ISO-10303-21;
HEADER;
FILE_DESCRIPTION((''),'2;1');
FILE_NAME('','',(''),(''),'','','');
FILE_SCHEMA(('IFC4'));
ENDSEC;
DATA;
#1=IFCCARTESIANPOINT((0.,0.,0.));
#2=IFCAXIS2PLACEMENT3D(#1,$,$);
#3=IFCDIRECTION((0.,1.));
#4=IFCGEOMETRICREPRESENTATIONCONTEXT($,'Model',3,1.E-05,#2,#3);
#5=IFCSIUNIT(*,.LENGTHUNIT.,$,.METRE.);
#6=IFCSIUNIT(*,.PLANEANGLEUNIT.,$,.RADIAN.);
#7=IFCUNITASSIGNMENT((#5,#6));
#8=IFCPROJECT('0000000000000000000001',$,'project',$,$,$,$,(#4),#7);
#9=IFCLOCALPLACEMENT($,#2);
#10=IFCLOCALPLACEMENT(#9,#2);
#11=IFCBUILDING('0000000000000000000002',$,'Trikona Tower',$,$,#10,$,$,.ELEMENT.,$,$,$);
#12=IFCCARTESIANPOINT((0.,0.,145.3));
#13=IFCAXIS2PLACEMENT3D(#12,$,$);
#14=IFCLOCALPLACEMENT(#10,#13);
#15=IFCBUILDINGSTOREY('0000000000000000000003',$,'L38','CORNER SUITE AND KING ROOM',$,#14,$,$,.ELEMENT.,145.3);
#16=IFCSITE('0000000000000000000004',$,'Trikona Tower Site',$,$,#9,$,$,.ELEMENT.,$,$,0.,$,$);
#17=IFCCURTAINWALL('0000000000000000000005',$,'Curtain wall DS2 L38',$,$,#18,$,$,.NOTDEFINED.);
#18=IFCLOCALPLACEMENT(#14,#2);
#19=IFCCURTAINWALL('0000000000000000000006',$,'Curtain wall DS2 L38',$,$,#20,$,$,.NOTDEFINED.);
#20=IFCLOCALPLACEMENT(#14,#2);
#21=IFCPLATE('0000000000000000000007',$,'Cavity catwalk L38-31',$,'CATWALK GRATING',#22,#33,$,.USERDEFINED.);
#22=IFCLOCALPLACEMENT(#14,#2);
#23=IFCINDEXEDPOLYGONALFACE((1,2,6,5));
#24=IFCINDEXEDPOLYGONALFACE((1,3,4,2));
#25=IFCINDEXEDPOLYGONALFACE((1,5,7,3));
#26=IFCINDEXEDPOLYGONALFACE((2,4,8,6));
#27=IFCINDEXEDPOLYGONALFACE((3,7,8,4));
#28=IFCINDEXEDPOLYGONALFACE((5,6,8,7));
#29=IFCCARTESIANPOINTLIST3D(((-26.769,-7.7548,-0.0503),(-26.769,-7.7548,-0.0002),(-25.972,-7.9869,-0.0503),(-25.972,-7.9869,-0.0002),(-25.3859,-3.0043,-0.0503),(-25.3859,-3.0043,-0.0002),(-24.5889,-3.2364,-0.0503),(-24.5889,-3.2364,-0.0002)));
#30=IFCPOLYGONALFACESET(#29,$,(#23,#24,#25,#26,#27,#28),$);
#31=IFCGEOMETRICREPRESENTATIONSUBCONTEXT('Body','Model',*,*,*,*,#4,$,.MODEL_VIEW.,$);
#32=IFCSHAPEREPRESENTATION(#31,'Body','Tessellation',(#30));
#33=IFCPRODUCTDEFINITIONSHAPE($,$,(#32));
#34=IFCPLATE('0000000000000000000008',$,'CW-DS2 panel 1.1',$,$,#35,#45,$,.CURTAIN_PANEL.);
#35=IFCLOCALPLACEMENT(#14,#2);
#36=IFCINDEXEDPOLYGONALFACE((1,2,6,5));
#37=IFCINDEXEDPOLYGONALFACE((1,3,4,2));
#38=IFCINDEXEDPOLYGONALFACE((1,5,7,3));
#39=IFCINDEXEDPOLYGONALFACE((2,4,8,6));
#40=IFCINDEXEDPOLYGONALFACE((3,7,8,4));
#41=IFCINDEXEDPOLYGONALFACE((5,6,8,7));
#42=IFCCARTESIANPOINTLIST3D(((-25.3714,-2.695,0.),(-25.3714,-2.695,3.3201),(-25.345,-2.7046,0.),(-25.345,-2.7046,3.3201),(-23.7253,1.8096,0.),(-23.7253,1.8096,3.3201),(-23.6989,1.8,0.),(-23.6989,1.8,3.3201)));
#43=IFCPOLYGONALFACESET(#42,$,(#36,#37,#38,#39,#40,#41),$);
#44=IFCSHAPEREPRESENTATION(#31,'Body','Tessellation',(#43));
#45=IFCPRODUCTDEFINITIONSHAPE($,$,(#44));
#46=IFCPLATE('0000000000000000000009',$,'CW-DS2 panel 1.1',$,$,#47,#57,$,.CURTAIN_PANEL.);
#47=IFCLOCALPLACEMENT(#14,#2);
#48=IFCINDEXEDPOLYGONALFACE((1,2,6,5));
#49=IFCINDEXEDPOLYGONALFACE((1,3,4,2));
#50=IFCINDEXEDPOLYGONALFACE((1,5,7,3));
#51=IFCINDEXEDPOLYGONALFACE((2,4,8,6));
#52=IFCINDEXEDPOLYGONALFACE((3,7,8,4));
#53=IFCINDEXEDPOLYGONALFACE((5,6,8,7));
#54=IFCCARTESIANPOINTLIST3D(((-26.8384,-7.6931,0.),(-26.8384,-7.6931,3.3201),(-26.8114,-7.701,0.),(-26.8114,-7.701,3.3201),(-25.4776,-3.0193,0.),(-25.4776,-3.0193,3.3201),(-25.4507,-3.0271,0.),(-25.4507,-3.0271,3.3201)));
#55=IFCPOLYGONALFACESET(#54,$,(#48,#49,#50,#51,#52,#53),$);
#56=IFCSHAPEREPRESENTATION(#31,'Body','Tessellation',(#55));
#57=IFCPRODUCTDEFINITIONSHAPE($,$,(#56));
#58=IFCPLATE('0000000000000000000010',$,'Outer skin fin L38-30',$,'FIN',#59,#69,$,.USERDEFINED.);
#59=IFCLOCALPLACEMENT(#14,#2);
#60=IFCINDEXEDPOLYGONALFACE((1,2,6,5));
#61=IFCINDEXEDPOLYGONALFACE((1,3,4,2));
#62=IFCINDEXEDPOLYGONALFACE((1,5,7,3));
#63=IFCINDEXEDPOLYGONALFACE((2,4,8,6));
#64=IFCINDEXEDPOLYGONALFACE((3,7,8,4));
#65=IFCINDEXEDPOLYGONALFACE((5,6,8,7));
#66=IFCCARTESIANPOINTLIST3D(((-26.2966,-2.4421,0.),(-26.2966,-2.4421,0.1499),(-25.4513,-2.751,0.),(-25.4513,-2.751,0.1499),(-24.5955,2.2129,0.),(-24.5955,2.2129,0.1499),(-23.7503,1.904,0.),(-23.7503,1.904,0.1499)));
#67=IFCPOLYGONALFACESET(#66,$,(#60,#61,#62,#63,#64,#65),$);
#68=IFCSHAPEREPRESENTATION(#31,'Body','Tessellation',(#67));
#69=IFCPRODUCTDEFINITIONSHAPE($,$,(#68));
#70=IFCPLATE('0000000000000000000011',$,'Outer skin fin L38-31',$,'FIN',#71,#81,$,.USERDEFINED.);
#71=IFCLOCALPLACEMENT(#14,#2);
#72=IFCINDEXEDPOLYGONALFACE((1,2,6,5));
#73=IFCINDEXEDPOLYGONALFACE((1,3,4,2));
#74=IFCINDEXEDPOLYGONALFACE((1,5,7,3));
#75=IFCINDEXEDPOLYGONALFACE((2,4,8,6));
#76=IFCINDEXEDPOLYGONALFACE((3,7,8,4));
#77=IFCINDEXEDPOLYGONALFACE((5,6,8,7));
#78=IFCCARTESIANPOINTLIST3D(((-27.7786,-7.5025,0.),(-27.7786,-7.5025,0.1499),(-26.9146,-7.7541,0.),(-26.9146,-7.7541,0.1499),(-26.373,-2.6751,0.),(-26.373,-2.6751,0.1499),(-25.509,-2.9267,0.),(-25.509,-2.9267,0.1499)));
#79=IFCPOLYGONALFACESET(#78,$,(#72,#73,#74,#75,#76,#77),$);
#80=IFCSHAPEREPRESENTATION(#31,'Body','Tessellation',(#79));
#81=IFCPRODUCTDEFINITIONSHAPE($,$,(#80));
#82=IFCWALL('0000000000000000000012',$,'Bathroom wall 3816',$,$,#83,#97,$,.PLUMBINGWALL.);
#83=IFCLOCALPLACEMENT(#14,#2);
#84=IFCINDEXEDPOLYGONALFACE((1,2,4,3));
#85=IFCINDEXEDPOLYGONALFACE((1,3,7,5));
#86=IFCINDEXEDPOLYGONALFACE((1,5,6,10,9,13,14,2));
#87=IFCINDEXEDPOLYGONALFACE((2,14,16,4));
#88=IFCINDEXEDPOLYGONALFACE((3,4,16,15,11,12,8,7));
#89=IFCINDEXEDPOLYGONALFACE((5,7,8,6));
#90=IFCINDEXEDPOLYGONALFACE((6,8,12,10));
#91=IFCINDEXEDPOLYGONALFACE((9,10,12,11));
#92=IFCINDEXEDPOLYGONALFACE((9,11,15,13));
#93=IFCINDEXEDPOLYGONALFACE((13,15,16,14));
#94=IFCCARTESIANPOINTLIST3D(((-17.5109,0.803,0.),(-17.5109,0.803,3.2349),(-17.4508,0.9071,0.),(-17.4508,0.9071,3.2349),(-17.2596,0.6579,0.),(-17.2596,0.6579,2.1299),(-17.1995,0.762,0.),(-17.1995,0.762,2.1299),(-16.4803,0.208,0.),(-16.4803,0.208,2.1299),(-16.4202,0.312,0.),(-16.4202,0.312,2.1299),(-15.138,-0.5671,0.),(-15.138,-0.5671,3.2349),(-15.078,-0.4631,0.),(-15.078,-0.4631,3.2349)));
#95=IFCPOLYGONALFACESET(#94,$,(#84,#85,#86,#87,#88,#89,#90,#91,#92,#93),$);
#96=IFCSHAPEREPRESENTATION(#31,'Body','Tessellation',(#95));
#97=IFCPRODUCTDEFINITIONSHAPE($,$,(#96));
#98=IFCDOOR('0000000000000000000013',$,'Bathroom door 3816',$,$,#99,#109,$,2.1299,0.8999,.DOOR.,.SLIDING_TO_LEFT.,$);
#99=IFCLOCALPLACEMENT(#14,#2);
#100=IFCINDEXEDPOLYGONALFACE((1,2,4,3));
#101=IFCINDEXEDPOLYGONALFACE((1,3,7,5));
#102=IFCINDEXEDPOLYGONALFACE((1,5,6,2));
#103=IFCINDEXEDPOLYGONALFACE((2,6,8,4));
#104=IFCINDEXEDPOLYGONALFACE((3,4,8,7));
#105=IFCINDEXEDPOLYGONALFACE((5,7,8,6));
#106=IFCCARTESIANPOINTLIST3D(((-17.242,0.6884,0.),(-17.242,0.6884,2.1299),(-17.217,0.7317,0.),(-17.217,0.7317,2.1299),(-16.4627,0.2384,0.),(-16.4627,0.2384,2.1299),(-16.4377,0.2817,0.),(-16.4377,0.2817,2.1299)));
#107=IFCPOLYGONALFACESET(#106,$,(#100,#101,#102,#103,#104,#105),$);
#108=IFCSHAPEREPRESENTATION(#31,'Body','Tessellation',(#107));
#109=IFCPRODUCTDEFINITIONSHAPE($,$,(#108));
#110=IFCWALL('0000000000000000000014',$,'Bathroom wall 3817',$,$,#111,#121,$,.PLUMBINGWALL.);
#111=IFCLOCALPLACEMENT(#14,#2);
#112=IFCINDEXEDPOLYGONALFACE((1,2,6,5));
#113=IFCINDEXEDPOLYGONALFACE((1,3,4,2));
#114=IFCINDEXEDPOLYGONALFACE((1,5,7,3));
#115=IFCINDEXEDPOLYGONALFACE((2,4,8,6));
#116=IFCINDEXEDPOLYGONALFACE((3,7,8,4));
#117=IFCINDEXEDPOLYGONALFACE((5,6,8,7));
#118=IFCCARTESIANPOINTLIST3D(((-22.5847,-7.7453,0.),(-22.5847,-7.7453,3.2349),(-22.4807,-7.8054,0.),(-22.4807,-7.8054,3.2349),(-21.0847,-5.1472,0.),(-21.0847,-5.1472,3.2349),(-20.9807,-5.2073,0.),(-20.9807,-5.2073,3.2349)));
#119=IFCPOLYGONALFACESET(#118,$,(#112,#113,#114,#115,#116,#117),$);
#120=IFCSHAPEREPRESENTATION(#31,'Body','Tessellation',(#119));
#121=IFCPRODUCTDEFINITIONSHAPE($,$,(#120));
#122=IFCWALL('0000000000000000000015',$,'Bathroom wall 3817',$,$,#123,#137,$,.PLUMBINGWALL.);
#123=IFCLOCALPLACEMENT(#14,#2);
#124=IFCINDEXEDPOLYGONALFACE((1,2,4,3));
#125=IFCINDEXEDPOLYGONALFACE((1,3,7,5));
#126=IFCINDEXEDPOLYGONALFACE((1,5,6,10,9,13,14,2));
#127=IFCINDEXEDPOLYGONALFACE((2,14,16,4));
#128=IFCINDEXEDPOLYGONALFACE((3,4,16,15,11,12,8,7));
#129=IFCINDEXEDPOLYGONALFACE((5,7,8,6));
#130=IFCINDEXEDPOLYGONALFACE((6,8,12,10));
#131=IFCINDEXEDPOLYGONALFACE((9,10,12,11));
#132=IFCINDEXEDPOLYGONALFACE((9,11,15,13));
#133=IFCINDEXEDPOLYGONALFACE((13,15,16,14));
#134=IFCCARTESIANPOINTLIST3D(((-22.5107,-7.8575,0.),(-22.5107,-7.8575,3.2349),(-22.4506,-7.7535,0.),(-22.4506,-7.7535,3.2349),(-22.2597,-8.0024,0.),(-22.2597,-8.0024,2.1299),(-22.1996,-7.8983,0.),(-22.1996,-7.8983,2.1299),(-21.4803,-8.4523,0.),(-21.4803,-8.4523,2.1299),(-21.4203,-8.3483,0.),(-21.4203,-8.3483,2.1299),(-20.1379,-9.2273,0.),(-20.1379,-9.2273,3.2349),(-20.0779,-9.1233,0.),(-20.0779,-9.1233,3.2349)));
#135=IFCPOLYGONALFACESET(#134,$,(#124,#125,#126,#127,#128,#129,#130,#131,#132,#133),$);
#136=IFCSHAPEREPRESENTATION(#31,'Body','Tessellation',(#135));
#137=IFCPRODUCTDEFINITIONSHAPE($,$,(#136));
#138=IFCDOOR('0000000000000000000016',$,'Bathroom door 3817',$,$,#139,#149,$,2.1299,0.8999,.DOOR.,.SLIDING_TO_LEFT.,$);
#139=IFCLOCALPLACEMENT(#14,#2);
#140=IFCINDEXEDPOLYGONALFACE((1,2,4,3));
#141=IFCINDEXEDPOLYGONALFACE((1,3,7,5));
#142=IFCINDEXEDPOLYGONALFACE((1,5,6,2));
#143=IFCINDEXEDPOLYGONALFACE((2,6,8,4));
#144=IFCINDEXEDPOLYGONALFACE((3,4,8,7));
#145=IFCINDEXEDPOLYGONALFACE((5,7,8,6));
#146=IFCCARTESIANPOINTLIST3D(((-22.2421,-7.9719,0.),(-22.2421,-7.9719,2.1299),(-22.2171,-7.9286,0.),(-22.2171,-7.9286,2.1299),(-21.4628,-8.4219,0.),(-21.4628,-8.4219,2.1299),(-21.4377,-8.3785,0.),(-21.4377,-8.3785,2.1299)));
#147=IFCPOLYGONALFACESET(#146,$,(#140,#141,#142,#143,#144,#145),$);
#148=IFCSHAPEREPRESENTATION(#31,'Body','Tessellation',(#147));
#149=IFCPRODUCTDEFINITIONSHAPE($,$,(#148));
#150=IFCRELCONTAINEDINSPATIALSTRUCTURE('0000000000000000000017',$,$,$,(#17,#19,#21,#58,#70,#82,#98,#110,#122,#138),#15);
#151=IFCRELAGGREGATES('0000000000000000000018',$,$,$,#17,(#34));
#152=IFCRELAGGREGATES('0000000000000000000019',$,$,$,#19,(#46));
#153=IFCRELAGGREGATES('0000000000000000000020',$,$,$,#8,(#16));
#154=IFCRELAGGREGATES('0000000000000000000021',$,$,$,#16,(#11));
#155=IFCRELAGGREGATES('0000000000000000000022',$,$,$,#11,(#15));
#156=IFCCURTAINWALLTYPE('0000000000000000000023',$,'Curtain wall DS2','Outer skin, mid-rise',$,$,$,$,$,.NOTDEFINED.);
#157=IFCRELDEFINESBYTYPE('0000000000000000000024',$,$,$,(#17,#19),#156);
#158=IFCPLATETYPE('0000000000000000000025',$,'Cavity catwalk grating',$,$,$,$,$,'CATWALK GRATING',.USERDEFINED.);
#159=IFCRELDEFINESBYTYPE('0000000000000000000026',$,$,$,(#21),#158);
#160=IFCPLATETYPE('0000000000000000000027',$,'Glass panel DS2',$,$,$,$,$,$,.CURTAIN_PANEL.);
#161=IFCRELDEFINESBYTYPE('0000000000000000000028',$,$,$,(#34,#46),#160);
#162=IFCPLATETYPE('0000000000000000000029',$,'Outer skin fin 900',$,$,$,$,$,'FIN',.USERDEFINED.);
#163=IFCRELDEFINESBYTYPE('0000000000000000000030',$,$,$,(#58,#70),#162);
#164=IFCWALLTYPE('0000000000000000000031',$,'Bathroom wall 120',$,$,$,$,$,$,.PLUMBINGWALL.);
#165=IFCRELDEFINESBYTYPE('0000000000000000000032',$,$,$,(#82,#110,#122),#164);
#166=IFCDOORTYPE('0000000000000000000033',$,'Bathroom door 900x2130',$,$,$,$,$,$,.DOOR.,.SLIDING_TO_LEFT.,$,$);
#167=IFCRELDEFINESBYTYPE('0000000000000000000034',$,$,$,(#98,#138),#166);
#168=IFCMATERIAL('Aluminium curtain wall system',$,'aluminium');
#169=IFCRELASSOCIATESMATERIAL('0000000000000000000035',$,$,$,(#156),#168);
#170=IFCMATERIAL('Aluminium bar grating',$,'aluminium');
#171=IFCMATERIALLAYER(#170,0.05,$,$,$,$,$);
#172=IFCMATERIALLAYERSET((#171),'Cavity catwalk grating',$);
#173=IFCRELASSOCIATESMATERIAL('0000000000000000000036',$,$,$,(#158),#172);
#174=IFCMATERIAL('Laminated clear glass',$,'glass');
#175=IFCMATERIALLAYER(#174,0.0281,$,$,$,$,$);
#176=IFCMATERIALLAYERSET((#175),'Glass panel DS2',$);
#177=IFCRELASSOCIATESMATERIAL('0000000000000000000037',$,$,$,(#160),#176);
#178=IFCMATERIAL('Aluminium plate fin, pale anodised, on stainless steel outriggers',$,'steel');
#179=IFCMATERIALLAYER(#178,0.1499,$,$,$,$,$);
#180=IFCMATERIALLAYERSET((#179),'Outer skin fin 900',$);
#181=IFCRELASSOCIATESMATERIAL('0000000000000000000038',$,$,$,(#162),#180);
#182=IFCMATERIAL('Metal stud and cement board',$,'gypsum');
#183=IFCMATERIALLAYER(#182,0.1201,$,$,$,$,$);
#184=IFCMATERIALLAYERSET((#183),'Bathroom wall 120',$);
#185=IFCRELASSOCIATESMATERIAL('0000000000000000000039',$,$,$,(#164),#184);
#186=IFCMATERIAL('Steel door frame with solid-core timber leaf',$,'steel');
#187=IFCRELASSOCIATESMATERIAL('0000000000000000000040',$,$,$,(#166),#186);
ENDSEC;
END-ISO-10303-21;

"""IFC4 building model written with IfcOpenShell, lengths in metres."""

from ifc_helpers import new_model, si_unit, direction, frame, frame_2d, origin, origin_2d, place, context, subcontext, project, spatial, rectangle, extrude, material, layer, layer_set, type_object, element, fill, aggregate, save


model = new_model("IFC4")

# Units and contexts
model_context = context("Model", 3, precision=1e-05, world=origin(), true_north=direction((0.0, 1.0)))
body_context = subcontext(model_context, "Body", "Model", "MODEL_VIEW")
ifc_project = project(units=[si_unit("LENGTHUNIT", "METRE"), si_unit("PLANEANGLEUNIT", "RADIAN")], contexts=[model_context])

# Site, building, storey
site_placement = place(None, origin())
site = spatial("IfcSite", under=ifc_project, at=site_placement, Name="Trikona Tower Site", CompositionType="ELEMENT", RefElevation=0.0)
building_placement = place(site_placement, origin())
building = spatial("IfcBuilding", under=site, at=building_placement, Name="Trikona Tower", CompositionType="ELEMENT")
storey_placement = place(building_placement, frame((0.0, 0.0, 145.3)))
storey = spatial("IfcBuildingStorey", under=building, at=storey_placement, Name="L38", Description="CORNER SUITE AND KING ROOM", CompositionType="ELEMENT", Elevation=145.3)

# Curtain wall
ifc_material_1 = material(Name="Aluminium curtain wall system", Category="aluminium")
curtain_wall_type = type_object("IfcCurtainWallType", Name="Curtain wall DS2", Description="Outer skin, mid-rise", PredefinedType="NOTDEFINED", material=ifc_material_1)
curtain_wall_1_placement = place(storey_placement, origin())
curtain_wall_1 = element("IfcCurtainWall", 1, at=curtain_wall_1_placement, inside=storey, type_object=curtain_wall_type, Name="Curtain wall DS2 L38", PredefinedType="NOTDEFINED")

# Curtain wall
curtain_wall_2_placement = place(storey_placement, origin())
curtain_wall_2 = element("IfcCurtainWall", 2, at=curtain_wall_2_placement, inside=storey, type_object=curtain_wall_type, Name="Curtain wall DS2 L38", PredefinedType="NOTDEFINED")

# Plate
ifc_material_2 = material(Name="Aluminium bar grating", Category="aluminium")
ifc_layer_1 = layer(ifc_material_2, 0.05)
ifc_layer_set_1 = layer_set([ifc_layer_1], Name="Cavity catwalk grating")
plate_type_1 = type_object("IfcPlateType", Name="Cavity catwalk grating", ElementType="CATWALK GRATING", PredefinedType="USERDEFINED", material=ifc_layer_set_1)
plate_1_placement = place(storey_placement, frame((-25.679, -5.4956, -0.0503), z_axis=(0.0, 0.0, 1.0), x_axis=(-0.279554, -0.96013, 0.0)))
element("IfcPlate", 3, at=plate_1_placement, inside=storey, type_object=plate_type_1, Name="Cavity catwalk L38-31", ObjectType="CATWALK GRATING", PredefinedType="USERDEFINED", context=body_context, shape_type="SweptSolid", body=[
    extrude(rectangle(XDim=4.9478, YDim=0.8301, at=origin_2d()), origin(), (0.0, 0.0, 1.0), 0.05),
])

# Plates
ifc_material_3 = material(Name="Laminated clear glass", Category="glass")
ifc_layer_2 = layer(ifc_material_3, 0.0281)
ifc_layer_set_2 = layer_set([ifc_layer_2], Name="Glass panel DS2")
plate_type_2 = type_object("IfcPlateType", Name="Glass panel DS2", PredefinedType="CURTAIN_PANEL", material=ifc_layer_set_2)
plate_2_placement = place(storey_placement, frame((-24.5352, -0.4475, 0.0), z_axis=(0.0, 0.0, 1.0), x_axis=(-0.343223, -0.939254, 0.0)))
plate_2 = element("IfcPlate", 4, at=plate_2_placement, type_object=plate_type_2, Name="CW-DS2 panel 1.1", PredefinedType="CURTAIN_PANEL", context=body_context, shape_type="SweptSolid", body=[
    extrude(rectangle(XDim=4.7959, YDim=0.0281, at=origin_2d()), origin(), (0.0, 0.0, 1.0), 3.3201),
])
aggregate(curtain_wall_1, [plate_2])
plate_3_placement = place(storey_placement, frame((-26.1445, -5.3601, 0.0), z_axis=(0.0, 0.0, 1.0), x_axis=(-0.279543, -0.960133, 0.0)))
plate_3 = element("IfcPlate", 5, at=plate_3_placement, type_object=plate_type_2, Name="CW-DS2 panel 1.1", PredefinedType="CURTAIN_PANEL", context=body_context, shape_type="SweptSolid", body=[
    extrude(rectangle(XDim=4.8679, YDim=0.0281, at=origin_2d()), origin(), (0.0, 0.0, 1.0), 3.3201),
])
aggregate(curtain_wall_2, [plate_3])

# Plates
ifc_material_4 = material(Name="Aluminium plate fin, pale anodised, on stainless steel outriggers", Category="steel")
ifc_layer_3 = layer(ifc_material_4, 0.1499)
ifc_layer_set_3 = layer_set([ifc_layer_3], Name="Outer skin fin 900")
plate_type_3 = type_object("IfcPlateType", Name="Outer skin fin 900", ElementType="FIN", PredefinedType="USERDEFINED", material=ifc_layer_set_3)
plate_4_placement = place(storey_placement, frame((-25.0234, -0.269, 0.0), z_axis=(0.0, 0.0, 1.0), x_axis=(-0.34322, -0.939255, 0.0)))
element("IfcPlate", 6, at=plate_4_placement, inside=storey, type_object=plate_type_3, Name="Outer skin fin L38-30", ObjectType="FIN", PredefinedType="USERDEFINED", context=body_context, shape_type="SweptSolid", body=[
    extrude(rectangle(XDim=4.9561, YDim=0.8999, at=origin_2d()), origin(), (0.0, 0.0, 1.0), 0.1499),
])
plate_5_placement = place(storey_placement, frame((-26.6438, -5.2146, 0.0), z_axis=(0.0, 0.0, 1.0), x_axis=(-0.279554, -0.96013, 0.0)))
element("IfcPlate", 7, at=plate_5_placement, inside=storey, type_object=plate_type_3, Name="Outer skin fin L38-31", ObjectType="FIN", PredefinedType="USERDEFINED", context=body_context, shape_type="SweptSolid", body=[
    extrude(rectangle(XDim=5.0278, YDim=0.8999, at=origin_2d()), origin(), (0.0, 0.0, 1.0), 0.1499),
])

# Wall, opening, door
ifc_material_5 = material(Name="Metal stud and cement board", Category="gypsum")
ifc_layer_4 = layer(ifc_material_5, 0.1201)
ifc_layer_set_4 = layer_set([ifc_layer_4], Name="Bathroom wall 120")
wall_type_1 = type_object("IfcWallType", Name="Bathroom wall 120", PredefinedType="PLUMBINGWALL", material=ifc_layer_set_4)
wall_1_placement = place(storey_placement, frame((-15.1079, -0.5151, 0.0), z_axis=(0.0, 0.0, 1.0), x_axis=(-0.865997, 0.500049, 0.0)))
wall_1 = element("IfcWall", 8, at=wall_1_placement, inside=storey, type_object=wall_type_1, Name="Bathroom wall 3816", PredefinedType="PLUMBINGWALL", context=body_context, shape_type="SweptSolid", body=[
    extrude(rectangle(XDim=2.74, YDim=0.1201, at=frame_2d((1.3701, 0.0))), origin(), (0.0, 0.0, 1.0), 3.2349),
])
opening_1_placement = place(wall_1_placement, frame((1.55, 0.0, 0.0)))
opening_1 = element("IfcOpeningElement", 9, at=opening_1_placement, cuts=wall_1, PredefinedType="OPENING", context=body_context, shape_type="SweptSolid", body=[
    extrude(rectangle(XDim=0.8999, YDim=2.1299, at=frame_2d((0.45, 1.0649))), frame((0.0, 0.0701, 0.0), z_axis=(0.0, -1.0, 0.0), x_axis=(1.0, 0.0, 0.0)), (0.0, 0.0, 1.0), 0.1401),
])
ifc_material_6 = material(Name="Steel door frame with solid-core timber leaf", Category="steel")
door_type_1 = type_object("IfcDoorType", Name="Bathroom door 900x2130", OperationType="SLIDING_TO_LEFT", PredefinedType="DOOR", material=ifc_material_6)
door_1_placement = place(opening_1_placement, origin())
door_1 = element("IfcDoor", 10, at=door_1_placement, inside=storey, type_object=door_type_1, Name="Bathroom door 3816", OperationType="SLIDING_TO_LEFT", OverallHeight=2.1299, OverallWidth=0.8999, PredefinedType="DOOR", context=body_context, shape_type="SweptSolid", body=[
    extrude(rectangle(XDim=0.8999, YDim=2.1299, at=frame_2d((0.45, 1.0649))), frame((0.0, 0.0249, 0.0), z_axis=(0.0, -1.0, 0.0), x_axis=(1.0, 0.0, 0.0)), (0.0, 0.0, 1.0), 0.05),
])
fill(opening_1, door_1)

# Wall
wall_2_placement = place(storey_placement, frame((-21.0327, -5.1772, 0.0), z_axis=(0.0, 0.0, 1.0), x_axis=(-0.49999, -0.866031, 0.0)))
element("IfcWall", 11, at=wall_2_placement, inside=storey, type_object=wall_type_1, Name="Bathroom wall 3817", PredefinedType="PLUMBINGWALL", context=body_context, shape_type="SweptSolid", body=[
    extrude(rectangle(XDim=3.0, YDim=0.1201, at=frame_2d((1.5, 0.0))), origin(), (0.0, 0.0, 1.0), 3.2349),
])

# Wall, opening, door
wall_3_placement = place(storey_placement, frame((-20.1079, -9.1753, 0.0), z_axis=(0.0, 0.0, 1.0), x_axis=(-0.866036, 0.499982, 0.0)))
wall_3 = element("IfcWall", 12, at=wall_3_placement, inside=storey, type_object=wall_type_1, Name="Bathroom wall 3817", PredefinedType="PLUMBINGWALL", context=body_context, shape_type="SweptSolid", body=[
    extrude(rectangle(XDim=2.7397, YDim=0.1201, at=frame_2d((1.3699, 0.0))), origin(), (0.0, 0.0, 1.0), 3.2349),
])
opening_2_placement = place(wall_3_placement, frame((1.55, 0.0, 0.0)))
opening_2 = element("IfcOpeningElement", 13, at=opening_2_placement, cuts=wall_3, PredefinedType="OPENING", context=body_context, shape_type="SweptSolid", body=[
    extrude(rectangle(XDim=0.8999, YDim=2.1299, at=frame_2d((0.45, 1.0649))), frame((0.0, 0.0701, 0.0), z_axis=(0.0, -1.0, 0.0), x_axis=(1.0, 0.0, 0.0)), (0.0, 0.0, 1.0), 0.1401),
])
door_2_placement = place(opening_2_placement, origin())
door_2 = element("IfcDoor", 14, at=door_2_placement, inside=storey, type_object=door_type_1, Name="Bathroom door 3817", OperationType="SLIDING_TO_LEFT", OverallHeight=2.1299, OverallWidth=0.8999, PredefinedType="DOOR", context=body_context, shape_type="SweptSolid", body=[
    extrude(rectangle(XDim=0.8999, YDim=2.1299, at=frame_2d((0.45, 1.0649))), frame((0.0, 0.0249, 0.0), z_axis=(0.0, -1.0, 0.0), x_axis=(1.0, 0.0, 0.0)), (0.0, 0.0, 1.0), 0.05),
])
fill(opening_2, door_2)

save(model, "model.ifc")
